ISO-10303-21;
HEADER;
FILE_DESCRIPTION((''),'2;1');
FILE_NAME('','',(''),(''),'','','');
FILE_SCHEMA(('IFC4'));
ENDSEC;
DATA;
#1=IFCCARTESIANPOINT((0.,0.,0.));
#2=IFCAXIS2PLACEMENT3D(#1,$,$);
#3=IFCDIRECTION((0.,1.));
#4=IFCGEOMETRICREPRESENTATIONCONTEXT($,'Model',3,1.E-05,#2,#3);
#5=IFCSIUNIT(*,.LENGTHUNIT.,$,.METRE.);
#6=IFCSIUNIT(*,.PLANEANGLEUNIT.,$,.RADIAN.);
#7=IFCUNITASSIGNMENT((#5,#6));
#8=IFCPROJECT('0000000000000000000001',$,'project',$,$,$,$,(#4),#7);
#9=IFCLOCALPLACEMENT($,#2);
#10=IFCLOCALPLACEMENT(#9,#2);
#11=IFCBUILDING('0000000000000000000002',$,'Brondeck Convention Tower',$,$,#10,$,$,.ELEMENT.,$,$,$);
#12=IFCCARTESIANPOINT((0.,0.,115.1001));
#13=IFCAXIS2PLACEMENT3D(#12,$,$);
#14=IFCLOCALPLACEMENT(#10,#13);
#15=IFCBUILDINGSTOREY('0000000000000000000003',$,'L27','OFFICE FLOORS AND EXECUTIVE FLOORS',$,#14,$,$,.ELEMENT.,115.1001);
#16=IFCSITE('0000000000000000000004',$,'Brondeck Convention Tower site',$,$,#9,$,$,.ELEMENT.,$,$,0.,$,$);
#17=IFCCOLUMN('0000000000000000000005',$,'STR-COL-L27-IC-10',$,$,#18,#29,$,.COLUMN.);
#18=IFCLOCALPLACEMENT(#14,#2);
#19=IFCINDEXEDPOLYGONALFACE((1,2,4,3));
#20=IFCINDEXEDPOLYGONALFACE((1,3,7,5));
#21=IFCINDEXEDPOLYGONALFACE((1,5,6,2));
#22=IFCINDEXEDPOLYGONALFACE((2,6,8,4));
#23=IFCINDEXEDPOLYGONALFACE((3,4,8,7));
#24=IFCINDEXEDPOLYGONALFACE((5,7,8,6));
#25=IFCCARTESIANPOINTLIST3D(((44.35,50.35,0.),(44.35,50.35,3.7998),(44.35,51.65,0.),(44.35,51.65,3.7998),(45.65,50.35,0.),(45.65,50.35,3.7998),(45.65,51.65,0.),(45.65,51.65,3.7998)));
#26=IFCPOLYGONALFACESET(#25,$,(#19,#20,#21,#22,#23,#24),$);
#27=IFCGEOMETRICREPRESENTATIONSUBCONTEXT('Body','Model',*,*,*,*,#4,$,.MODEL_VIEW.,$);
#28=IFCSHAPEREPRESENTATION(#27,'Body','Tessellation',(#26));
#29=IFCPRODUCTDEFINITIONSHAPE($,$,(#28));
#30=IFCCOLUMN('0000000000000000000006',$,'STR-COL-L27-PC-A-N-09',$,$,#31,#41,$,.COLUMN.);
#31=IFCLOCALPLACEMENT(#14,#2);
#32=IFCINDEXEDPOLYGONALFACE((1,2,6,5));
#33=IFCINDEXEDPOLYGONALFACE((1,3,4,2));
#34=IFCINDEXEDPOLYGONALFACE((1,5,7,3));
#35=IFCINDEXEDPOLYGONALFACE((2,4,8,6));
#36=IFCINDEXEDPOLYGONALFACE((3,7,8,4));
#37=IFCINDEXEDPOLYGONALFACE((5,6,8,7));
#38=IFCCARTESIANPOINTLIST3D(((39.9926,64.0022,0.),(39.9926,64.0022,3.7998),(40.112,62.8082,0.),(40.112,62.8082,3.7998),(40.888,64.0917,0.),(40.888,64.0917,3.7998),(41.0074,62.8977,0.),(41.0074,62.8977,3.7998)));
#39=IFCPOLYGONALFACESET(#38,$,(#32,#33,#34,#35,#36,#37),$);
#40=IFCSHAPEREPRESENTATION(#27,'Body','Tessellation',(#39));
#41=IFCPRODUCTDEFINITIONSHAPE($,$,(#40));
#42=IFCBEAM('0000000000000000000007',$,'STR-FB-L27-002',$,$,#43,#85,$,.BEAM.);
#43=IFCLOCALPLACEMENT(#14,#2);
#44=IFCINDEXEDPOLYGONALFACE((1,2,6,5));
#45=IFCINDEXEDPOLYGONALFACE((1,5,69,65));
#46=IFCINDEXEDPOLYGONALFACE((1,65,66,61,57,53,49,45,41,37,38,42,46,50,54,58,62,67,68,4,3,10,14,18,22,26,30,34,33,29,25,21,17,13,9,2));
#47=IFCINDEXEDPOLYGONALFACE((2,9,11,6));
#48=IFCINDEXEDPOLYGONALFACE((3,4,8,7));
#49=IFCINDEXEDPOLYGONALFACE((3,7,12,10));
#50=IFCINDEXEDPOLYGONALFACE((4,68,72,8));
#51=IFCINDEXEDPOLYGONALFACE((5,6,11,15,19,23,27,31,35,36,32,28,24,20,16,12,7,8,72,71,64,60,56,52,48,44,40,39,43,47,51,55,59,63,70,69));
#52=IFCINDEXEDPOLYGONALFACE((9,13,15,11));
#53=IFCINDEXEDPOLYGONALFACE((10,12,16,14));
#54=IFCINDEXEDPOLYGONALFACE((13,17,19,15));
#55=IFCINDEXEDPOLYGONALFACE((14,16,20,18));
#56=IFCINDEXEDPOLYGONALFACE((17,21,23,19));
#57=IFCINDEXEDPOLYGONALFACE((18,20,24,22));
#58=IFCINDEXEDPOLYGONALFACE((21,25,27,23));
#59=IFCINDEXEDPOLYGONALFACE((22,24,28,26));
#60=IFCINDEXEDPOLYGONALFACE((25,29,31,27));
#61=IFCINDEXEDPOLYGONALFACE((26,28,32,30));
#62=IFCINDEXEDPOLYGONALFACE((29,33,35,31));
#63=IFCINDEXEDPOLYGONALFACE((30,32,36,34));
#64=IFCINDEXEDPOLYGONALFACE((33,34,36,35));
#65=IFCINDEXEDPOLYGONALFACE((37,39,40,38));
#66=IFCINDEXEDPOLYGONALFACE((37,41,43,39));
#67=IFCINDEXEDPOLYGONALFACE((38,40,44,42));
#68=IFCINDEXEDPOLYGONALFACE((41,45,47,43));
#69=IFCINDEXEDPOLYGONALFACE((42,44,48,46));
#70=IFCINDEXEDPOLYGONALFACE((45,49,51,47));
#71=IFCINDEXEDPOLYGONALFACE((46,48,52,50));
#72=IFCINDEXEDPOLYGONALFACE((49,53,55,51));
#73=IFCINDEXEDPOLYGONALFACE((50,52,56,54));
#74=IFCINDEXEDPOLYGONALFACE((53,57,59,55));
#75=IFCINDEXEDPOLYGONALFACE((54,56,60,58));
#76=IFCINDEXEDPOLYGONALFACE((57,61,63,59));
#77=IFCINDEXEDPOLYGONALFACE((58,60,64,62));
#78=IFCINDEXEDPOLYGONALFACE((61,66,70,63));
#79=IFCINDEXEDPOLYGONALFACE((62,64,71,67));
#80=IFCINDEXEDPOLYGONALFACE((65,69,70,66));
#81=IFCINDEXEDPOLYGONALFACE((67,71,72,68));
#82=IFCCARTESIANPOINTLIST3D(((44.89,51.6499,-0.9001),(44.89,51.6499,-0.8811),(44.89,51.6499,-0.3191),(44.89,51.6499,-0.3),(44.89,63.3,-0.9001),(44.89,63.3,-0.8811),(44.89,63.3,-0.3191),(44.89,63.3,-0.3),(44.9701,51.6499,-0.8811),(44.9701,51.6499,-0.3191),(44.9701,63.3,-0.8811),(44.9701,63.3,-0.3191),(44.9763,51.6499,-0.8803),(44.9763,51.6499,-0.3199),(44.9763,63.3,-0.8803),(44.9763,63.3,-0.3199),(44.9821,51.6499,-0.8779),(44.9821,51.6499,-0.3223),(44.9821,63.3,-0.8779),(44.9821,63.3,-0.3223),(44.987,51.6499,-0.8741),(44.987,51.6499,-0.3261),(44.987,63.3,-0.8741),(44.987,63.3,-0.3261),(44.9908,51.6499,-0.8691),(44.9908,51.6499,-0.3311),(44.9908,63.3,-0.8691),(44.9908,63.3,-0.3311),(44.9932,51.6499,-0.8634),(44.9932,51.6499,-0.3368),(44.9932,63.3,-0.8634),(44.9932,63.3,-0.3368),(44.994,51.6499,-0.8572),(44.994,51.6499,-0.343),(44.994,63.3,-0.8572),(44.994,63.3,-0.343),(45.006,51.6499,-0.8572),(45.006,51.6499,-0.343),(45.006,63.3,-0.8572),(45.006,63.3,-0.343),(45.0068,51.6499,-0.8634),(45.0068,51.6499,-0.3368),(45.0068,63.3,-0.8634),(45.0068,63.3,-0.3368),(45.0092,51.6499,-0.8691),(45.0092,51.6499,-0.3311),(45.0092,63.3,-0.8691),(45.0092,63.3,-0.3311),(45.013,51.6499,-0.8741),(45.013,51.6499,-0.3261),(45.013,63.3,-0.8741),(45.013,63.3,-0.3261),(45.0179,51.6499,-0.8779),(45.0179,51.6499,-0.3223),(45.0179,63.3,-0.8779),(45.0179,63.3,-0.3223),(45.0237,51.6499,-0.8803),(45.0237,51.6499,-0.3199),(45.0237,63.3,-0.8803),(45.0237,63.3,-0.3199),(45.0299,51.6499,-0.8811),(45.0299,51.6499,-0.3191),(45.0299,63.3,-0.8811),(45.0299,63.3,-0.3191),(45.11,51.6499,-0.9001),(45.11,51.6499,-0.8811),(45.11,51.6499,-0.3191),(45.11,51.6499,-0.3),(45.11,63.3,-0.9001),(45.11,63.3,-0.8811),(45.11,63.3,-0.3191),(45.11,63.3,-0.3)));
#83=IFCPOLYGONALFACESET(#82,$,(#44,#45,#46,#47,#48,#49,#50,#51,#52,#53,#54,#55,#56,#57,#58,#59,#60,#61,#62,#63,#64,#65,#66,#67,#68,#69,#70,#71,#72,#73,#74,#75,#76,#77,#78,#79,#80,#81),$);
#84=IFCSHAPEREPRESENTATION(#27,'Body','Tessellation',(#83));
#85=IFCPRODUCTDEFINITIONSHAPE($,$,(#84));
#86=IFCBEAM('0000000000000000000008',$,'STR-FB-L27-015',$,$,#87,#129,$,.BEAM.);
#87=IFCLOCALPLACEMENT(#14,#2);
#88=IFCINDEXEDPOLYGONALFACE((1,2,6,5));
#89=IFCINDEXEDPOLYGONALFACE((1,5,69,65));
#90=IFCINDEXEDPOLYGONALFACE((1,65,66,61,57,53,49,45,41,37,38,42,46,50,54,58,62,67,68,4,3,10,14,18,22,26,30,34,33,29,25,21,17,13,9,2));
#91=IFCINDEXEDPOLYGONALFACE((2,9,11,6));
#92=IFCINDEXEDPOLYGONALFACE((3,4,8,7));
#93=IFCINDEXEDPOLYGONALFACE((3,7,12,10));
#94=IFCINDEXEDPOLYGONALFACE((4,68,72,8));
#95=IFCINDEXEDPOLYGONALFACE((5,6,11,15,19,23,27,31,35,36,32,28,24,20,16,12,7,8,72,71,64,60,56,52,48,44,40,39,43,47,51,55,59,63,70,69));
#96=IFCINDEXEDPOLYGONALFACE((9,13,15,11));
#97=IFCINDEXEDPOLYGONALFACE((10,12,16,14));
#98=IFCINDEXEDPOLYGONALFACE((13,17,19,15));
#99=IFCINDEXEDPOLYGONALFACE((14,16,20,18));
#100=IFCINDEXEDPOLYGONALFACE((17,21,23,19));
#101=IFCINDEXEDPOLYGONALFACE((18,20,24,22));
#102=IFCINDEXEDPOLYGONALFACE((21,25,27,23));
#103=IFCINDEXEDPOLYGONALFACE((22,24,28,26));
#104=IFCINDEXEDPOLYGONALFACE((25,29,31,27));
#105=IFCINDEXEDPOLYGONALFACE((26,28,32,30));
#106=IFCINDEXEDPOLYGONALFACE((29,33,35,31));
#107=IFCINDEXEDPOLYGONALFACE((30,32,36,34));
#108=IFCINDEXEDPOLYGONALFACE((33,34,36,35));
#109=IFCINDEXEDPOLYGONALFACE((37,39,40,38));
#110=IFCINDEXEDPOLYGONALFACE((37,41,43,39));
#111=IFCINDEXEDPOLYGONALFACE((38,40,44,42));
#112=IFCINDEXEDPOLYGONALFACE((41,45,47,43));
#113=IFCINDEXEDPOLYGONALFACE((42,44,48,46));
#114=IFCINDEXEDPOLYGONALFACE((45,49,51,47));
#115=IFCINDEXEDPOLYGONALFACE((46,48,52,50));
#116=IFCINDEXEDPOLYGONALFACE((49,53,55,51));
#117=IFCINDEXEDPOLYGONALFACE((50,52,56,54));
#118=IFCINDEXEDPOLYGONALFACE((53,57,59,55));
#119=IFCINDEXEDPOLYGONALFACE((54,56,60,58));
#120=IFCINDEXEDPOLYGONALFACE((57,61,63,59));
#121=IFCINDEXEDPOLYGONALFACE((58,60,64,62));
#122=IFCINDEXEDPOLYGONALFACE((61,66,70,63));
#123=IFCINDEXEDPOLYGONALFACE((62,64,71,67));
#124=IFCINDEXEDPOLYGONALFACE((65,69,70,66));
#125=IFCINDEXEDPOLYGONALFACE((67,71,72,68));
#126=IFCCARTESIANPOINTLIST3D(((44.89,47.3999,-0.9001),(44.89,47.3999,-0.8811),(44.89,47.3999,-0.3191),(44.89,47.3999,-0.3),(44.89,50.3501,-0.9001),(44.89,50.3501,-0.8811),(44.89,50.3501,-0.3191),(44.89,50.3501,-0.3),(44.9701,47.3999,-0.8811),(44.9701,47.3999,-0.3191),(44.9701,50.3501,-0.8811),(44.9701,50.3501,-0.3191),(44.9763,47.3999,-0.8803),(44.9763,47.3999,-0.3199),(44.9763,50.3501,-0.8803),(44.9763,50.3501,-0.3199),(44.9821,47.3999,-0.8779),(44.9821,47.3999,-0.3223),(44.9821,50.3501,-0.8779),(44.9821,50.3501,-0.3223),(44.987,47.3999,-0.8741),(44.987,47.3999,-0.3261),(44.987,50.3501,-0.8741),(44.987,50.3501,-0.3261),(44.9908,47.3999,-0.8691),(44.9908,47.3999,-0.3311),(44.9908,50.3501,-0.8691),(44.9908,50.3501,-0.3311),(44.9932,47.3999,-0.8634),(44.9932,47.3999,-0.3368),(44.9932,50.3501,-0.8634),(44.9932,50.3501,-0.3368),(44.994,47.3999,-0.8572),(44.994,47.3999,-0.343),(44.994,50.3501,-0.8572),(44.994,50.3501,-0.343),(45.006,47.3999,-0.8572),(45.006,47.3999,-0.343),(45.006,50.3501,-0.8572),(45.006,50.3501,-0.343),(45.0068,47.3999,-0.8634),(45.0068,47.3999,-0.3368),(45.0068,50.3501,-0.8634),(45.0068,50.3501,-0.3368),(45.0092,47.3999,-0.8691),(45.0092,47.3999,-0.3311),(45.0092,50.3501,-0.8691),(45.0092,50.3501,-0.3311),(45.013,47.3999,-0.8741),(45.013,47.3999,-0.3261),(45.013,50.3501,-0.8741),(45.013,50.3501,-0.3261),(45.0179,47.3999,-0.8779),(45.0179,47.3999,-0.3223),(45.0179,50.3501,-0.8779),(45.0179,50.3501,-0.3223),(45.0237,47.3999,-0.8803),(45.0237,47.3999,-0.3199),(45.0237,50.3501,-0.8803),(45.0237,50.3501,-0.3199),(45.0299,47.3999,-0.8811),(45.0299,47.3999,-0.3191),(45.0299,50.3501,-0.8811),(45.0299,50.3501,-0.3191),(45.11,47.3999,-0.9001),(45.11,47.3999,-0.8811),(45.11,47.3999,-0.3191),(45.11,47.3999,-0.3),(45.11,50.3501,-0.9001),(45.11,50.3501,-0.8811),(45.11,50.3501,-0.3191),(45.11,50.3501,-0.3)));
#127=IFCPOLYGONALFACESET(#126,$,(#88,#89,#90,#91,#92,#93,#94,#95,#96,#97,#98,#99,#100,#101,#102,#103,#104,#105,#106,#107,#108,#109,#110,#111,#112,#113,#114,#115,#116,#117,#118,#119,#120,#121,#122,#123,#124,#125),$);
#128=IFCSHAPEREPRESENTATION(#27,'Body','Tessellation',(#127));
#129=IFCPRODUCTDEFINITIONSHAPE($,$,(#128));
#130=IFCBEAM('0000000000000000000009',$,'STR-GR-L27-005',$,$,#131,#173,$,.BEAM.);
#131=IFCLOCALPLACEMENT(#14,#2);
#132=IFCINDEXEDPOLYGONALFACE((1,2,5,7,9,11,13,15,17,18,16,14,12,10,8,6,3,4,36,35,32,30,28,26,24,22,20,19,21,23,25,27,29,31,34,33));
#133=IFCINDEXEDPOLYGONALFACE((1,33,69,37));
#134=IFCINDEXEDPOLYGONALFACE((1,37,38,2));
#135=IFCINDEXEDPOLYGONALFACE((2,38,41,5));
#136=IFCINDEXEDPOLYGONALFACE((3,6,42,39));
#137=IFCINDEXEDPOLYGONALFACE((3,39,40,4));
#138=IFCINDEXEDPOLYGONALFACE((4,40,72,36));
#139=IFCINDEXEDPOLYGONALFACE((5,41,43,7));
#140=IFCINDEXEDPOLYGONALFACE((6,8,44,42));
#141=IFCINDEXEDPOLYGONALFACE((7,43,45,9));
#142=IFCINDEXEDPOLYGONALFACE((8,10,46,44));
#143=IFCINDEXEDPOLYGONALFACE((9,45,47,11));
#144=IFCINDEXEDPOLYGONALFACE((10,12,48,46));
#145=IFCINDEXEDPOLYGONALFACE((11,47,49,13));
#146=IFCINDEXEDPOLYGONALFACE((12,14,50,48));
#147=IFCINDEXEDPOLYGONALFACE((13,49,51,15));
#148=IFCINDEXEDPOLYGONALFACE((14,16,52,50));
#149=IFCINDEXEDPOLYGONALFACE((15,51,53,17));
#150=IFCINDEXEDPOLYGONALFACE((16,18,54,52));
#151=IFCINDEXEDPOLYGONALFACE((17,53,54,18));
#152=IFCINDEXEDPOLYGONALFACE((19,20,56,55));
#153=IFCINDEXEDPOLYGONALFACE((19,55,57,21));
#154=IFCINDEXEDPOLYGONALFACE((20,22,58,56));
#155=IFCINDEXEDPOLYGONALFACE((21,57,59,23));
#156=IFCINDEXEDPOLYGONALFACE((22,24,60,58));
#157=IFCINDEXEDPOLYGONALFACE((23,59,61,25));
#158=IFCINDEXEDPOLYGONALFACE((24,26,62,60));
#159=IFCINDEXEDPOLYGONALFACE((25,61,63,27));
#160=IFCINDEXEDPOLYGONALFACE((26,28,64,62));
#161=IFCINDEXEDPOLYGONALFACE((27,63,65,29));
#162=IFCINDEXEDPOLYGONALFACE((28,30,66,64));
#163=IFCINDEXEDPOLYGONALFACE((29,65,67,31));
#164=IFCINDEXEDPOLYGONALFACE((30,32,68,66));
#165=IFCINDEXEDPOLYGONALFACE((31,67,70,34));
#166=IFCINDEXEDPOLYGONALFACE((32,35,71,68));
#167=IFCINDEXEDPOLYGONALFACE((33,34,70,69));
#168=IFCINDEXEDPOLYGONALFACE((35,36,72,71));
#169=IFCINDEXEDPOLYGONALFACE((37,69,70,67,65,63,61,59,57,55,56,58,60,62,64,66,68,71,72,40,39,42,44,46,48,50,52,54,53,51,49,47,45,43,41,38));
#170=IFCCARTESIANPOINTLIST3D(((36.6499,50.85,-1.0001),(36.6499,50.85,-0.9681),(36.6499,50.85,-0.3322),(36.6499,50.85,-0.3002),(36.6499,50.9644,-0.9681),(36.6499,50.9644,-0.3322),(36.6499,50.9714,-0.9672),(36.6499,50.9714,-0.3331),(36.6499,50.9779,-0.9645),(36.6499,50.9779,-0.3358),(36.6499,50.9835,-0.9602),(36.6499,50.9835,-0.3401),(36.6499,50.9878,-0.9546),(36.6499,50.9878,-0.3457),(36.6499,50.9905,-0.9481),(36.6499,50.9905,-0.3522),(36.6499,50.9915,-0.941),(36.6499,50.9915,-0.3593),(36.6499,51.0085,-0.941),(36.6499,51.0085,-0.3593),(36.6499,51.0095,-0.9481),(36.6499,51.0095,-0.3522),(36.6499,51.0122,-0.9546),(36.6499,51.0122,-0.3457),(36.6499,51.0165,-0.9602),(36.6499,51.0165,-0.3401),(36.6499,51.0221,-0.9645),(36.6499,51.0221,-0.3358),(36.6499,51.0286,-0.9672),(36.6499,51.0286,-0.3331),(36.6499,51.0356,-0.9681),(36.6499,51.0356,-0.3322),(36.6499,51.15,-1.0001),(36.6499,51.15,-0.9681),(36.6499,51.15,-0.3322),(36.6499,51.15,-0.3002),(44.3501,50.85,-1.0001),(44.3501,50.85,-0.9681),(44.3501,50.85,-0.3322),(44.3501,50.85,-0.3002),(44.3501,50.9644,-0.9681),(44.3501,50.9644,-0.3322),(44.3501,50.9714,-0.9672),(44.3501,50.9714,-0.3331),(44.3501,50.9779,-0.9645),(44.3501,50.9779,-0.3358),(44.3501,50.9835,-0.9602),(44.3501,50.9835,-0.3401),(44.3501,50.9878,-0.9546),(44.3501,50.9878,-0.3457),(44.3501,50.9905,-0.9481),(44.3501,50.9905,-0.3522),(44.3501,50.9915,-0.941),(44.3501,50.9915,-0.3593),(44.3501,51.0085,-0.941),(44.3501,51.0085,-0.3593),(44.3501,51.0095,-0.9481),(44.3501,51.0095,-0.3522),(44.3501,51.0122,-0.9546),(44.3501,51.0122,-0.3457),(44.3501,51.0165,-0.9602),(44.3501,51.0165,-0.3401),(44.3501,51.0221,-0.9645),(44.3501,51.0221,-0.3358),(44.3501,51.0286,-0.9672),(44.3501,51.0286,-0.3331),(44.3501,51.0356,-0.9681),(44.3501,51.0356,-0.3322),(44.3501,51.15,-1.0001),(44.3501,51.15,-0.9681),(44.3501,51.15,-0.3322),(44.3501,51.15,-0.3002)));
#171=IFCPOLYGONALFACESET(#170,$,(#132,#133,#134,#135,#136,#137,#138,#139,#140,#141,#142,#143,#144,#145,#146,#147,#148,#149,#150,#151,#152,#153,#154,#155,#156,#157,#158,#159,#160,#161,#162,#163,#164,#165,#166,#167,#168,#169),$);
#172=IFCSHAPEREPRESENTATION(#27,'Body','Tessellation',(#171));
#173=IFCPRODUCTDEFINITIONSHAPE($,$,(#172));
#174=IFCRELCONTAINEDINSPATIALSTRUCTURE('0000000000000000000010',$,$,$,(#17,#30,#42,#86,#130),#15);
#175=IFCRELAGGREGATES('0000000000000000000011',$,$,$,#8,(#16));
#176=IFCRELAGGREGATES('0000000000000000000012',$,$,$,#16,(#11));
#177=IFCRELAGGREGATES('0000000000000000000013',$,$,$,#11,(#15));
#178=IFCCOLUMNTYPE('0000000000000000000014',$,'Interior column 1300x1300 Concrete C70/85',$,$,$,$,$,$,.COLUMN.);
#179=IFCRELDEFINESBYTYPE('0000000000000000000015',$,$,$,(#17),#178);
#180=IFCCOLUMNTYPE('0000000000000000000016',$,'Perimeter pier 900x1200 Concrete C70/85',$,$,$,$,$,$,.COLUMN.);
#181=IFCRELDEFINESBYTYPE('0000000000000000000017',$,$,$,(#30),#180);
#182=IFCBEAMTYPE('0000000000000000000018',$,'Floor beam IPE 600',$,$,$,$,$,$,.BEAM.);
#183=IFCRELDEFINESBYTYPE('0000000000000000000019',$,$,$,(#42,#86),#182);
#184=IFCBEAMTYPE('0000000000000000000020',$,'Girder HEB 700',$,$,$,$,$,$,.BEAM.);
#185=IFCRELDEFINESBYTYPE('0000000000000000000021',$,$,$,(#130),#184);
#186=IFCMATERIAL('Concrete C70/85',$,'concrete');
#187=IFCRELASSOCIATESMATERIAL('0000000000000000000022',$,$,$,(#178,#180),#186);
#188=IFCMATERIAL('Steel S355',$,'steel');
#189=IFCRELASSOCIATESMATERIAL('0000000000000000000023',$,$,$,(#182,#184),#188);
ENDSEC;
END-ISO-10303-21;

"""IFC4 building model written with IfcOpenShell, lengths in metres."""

from ifc_helpers import new_model, si_unit, direction, frame, origin, origin_2d, place, context, subcontext, project, spatial, rectangle, i_section, extrude, material, material_profile, profile_set, type_object, element, save


model = new_model("IFC4")

# Units and contexts
model_context = context("Model", 3, precision=1e-05, world=origin(), true_north=direction((0.0, 1.0)))
body_context = subcontext(model_context, "Body", "Model", "MODEL_VIEW")
ifc_project = project(units=[si_unit("LENGTHUNIT", "METRE"), si_unit("PLANEANGLEUNIT", "RADIAN")], contexts=[model_context])

# Site, building, storey
site_placement = place(None, origin())
site = spatial("IfcSite", under=ifc_project, at=site_placement, Name="Brondeck Convention Tower site", CompositionType="ELEMENT", RefElevation=0.0)
building_placement = place(site_placement, origin())
building = spatial("IfcBuilding", under=site, at=building_placement, Name="Brondeck Convention Tower", CompositionType="ELEMENT")
storey_placement = place(building_placement, frame((0.0, 0.0, 115.1001)))
storey = spatial("IfcBuildingStorey", under=building, at=storey_placement, Name="L27", Description="OFFICE FLOORS AND EXECUTIVE FLOORS", CompositionType="ELEMENT", Elevation=115.1001)

# Columns
ifc_material_1 = material(Name="Concrete C70/85", Category="concrete")
ifc_material_profile_1 = material_profile(ifc_material_1, rectangle(XDim=1.3, YDim=1.3, at=origin_2d()), Name="Interior column 1300x1300 Concrete C70/85")
ifc_profile_set_1 = profile_set([ifc_material_profile_1], Name="Concrete C70/85")
column_type_1 = type_object("IfcColumnType", Name="Interior column 1300x1300 Concrete C70/85", PredefinedType="COLUMN", material=ifc_profile_set_1)
column_1_placement = place(storey_placement, frame((45.0, 51.0, 0.0), z_axis=(0.0, 0.0, 1.0), x_axis=(1.0, 0.0, 0.0)))
element("IfcColumn", 1, at=column_1_placement, inside=storey, type_object=column_type_1, Name="STR-COL-L27-IC-10", PredefinedType="COLUMN", context=body_context, shape_type="SweptSolid", body=[
    extrude(rectangle(XDim=1.3, YDim=1.3, at=origin_2d()), origin(), (0.0, 0.0, 1.0), 3.7998),
])
ifc_material_profile_2 = material_profile(ifc_material_1, rectangle(XDim=0.8999, YDim=1.2, at=origin_2d()), Name="Perimeter pier 900x1200 Concrete C70/85")
ifc_profile_set_2 = profile_set([ifc_material_profile_2], Name="Concrete C70/85")
column_type_2 = type_object("IfcColumnType", Name="Perimeter pier 900x1200 Concrete C70/85", PredefinedType="COLUMN", material=ifc_profile_set_2)
column_2_placement = place(storey_placement, frame((40.5, 63.45, 0.0), z_axis=(0.0, 0.0, 1.0), x_axis=(-0.995037, -0.099504, 0.0)))
element("IfcColumn", 2, at=column_2_placement, inside=storey, type_object=column_type_2, Name="STR-COL-L27-PC-A-N-09", PredefinedType="COLUMN", context=body_context, shape_type="SweptSolid", body=[
    extrude(rectangle(XDim=0.8999, YDim=1.2, at=origin_2d()), origin(), (0.0, 0.0, 1.0), 3.7998),
])

# Beams
ifc_material_2 = material(Name="Steel S355", Category="steel")
ifc_material_profile_3 = material_profile(ifc_material_2, i_section(OverallWidth=0.22, OverallDepth=0.6001, WebThickness=0.012, FlangeThickness=0.019, FilletRadius=0.0239, at=origin_2d()), Name="IPE 600")
ifc_profile_set_3 = profile_set([ifc_material_profile_3], Name="Steel S355")
beam_type_1 = type_object("IfcBeamType", Name="Floor beam IPE 600", PredefinedType="BEAM", material=ifc_profile_set_3)
beam_1_placement = place(storey_placement, frame((45.0, 51.6499, -0.6001), z_axis=(0.0, 1.0, 0.0), x_axis=(-1.0, 0.0, 0.0)))
element("IfcBeam", 3, at=beam_1_placement, inside=storey, type_object=beam_type_1, Name="STR-FB-L27-002", PredefinedType="BEAM", context=body_context, shape_type="SweptSolid", body=[
    extrude(i_section(OverallWidth=0.22, OverallDepth=0.6001, WebThickness=0.012, FlangeThickness=0.019, FilletRadius=0.0239, at=origin_2d()), origin(), (0.0, 0.0, 1.0), 11.6501),
])
beam_2_placement = place(storey_placement, frame((45.0, 47.3999, -0.6001), z_axis=(0.0, 1.0, 0.0), x_axis=(-1.0, 0.0, 0.0)))
element("IfcBeam", 4, at=beam_2_placement, inside=storey, type_object=beam_type_1, Name="STR-FB-L27-015", PredefinedType="BEAM", context=body_context, shape_type="SweptSolid", body=[
    extrude(i_section(OverallWidth=0.22, OverallDepth=0.6001, WebThickness=0.012, FlangeThickness=0.019, FilletRadius=0.0239, at=origin_2d()), origin(), (0.0, 0.0, 1.0), 2.9502),
])
ifc_material_profile_4 = material_profile(ifc_material_2, i_section(OverallWidth=0.3, OverallDepth=0.7, WebThickness=0.0171, FlangeThickness=0.032, FilletRadius=0.0271, at=origin_2d()), Name="HEB 700")
ifc_profile_set_4 = profile_set([ifc_material_profile_4], Name="Steel S355")
beam_type_2 = type_object("IfcBeamType", Name="Girder HEB 700", PredefinedType="BEAM", material=ifc_profile_set_4)
beam_3_placement = place(storey_placement, frame((36.6499, 51.0, -0.6501), z_axis=(1.0, 0.0, 0.0), x_axis=(0.0, 1.0, 0.0)))
element("IfcBeam", 5, at=beam_3_placement, inside=storey, type_object=beam_type_2, Name="STR-GR-L27-005", PredefinedType="BEAM", context=body_context, shape_type="SweptSolid", body=[
    extrude(i_section(OverallWidth=0.3, OverallDepth=0.7, WebThickness=0.0171, FlangeThickness=0.032, FilletRadius=0.0271, at=origin_2d()), origin(), (0.0, 0.0, 1.0), 7.7002),
])

save(model, "model.ifc")
